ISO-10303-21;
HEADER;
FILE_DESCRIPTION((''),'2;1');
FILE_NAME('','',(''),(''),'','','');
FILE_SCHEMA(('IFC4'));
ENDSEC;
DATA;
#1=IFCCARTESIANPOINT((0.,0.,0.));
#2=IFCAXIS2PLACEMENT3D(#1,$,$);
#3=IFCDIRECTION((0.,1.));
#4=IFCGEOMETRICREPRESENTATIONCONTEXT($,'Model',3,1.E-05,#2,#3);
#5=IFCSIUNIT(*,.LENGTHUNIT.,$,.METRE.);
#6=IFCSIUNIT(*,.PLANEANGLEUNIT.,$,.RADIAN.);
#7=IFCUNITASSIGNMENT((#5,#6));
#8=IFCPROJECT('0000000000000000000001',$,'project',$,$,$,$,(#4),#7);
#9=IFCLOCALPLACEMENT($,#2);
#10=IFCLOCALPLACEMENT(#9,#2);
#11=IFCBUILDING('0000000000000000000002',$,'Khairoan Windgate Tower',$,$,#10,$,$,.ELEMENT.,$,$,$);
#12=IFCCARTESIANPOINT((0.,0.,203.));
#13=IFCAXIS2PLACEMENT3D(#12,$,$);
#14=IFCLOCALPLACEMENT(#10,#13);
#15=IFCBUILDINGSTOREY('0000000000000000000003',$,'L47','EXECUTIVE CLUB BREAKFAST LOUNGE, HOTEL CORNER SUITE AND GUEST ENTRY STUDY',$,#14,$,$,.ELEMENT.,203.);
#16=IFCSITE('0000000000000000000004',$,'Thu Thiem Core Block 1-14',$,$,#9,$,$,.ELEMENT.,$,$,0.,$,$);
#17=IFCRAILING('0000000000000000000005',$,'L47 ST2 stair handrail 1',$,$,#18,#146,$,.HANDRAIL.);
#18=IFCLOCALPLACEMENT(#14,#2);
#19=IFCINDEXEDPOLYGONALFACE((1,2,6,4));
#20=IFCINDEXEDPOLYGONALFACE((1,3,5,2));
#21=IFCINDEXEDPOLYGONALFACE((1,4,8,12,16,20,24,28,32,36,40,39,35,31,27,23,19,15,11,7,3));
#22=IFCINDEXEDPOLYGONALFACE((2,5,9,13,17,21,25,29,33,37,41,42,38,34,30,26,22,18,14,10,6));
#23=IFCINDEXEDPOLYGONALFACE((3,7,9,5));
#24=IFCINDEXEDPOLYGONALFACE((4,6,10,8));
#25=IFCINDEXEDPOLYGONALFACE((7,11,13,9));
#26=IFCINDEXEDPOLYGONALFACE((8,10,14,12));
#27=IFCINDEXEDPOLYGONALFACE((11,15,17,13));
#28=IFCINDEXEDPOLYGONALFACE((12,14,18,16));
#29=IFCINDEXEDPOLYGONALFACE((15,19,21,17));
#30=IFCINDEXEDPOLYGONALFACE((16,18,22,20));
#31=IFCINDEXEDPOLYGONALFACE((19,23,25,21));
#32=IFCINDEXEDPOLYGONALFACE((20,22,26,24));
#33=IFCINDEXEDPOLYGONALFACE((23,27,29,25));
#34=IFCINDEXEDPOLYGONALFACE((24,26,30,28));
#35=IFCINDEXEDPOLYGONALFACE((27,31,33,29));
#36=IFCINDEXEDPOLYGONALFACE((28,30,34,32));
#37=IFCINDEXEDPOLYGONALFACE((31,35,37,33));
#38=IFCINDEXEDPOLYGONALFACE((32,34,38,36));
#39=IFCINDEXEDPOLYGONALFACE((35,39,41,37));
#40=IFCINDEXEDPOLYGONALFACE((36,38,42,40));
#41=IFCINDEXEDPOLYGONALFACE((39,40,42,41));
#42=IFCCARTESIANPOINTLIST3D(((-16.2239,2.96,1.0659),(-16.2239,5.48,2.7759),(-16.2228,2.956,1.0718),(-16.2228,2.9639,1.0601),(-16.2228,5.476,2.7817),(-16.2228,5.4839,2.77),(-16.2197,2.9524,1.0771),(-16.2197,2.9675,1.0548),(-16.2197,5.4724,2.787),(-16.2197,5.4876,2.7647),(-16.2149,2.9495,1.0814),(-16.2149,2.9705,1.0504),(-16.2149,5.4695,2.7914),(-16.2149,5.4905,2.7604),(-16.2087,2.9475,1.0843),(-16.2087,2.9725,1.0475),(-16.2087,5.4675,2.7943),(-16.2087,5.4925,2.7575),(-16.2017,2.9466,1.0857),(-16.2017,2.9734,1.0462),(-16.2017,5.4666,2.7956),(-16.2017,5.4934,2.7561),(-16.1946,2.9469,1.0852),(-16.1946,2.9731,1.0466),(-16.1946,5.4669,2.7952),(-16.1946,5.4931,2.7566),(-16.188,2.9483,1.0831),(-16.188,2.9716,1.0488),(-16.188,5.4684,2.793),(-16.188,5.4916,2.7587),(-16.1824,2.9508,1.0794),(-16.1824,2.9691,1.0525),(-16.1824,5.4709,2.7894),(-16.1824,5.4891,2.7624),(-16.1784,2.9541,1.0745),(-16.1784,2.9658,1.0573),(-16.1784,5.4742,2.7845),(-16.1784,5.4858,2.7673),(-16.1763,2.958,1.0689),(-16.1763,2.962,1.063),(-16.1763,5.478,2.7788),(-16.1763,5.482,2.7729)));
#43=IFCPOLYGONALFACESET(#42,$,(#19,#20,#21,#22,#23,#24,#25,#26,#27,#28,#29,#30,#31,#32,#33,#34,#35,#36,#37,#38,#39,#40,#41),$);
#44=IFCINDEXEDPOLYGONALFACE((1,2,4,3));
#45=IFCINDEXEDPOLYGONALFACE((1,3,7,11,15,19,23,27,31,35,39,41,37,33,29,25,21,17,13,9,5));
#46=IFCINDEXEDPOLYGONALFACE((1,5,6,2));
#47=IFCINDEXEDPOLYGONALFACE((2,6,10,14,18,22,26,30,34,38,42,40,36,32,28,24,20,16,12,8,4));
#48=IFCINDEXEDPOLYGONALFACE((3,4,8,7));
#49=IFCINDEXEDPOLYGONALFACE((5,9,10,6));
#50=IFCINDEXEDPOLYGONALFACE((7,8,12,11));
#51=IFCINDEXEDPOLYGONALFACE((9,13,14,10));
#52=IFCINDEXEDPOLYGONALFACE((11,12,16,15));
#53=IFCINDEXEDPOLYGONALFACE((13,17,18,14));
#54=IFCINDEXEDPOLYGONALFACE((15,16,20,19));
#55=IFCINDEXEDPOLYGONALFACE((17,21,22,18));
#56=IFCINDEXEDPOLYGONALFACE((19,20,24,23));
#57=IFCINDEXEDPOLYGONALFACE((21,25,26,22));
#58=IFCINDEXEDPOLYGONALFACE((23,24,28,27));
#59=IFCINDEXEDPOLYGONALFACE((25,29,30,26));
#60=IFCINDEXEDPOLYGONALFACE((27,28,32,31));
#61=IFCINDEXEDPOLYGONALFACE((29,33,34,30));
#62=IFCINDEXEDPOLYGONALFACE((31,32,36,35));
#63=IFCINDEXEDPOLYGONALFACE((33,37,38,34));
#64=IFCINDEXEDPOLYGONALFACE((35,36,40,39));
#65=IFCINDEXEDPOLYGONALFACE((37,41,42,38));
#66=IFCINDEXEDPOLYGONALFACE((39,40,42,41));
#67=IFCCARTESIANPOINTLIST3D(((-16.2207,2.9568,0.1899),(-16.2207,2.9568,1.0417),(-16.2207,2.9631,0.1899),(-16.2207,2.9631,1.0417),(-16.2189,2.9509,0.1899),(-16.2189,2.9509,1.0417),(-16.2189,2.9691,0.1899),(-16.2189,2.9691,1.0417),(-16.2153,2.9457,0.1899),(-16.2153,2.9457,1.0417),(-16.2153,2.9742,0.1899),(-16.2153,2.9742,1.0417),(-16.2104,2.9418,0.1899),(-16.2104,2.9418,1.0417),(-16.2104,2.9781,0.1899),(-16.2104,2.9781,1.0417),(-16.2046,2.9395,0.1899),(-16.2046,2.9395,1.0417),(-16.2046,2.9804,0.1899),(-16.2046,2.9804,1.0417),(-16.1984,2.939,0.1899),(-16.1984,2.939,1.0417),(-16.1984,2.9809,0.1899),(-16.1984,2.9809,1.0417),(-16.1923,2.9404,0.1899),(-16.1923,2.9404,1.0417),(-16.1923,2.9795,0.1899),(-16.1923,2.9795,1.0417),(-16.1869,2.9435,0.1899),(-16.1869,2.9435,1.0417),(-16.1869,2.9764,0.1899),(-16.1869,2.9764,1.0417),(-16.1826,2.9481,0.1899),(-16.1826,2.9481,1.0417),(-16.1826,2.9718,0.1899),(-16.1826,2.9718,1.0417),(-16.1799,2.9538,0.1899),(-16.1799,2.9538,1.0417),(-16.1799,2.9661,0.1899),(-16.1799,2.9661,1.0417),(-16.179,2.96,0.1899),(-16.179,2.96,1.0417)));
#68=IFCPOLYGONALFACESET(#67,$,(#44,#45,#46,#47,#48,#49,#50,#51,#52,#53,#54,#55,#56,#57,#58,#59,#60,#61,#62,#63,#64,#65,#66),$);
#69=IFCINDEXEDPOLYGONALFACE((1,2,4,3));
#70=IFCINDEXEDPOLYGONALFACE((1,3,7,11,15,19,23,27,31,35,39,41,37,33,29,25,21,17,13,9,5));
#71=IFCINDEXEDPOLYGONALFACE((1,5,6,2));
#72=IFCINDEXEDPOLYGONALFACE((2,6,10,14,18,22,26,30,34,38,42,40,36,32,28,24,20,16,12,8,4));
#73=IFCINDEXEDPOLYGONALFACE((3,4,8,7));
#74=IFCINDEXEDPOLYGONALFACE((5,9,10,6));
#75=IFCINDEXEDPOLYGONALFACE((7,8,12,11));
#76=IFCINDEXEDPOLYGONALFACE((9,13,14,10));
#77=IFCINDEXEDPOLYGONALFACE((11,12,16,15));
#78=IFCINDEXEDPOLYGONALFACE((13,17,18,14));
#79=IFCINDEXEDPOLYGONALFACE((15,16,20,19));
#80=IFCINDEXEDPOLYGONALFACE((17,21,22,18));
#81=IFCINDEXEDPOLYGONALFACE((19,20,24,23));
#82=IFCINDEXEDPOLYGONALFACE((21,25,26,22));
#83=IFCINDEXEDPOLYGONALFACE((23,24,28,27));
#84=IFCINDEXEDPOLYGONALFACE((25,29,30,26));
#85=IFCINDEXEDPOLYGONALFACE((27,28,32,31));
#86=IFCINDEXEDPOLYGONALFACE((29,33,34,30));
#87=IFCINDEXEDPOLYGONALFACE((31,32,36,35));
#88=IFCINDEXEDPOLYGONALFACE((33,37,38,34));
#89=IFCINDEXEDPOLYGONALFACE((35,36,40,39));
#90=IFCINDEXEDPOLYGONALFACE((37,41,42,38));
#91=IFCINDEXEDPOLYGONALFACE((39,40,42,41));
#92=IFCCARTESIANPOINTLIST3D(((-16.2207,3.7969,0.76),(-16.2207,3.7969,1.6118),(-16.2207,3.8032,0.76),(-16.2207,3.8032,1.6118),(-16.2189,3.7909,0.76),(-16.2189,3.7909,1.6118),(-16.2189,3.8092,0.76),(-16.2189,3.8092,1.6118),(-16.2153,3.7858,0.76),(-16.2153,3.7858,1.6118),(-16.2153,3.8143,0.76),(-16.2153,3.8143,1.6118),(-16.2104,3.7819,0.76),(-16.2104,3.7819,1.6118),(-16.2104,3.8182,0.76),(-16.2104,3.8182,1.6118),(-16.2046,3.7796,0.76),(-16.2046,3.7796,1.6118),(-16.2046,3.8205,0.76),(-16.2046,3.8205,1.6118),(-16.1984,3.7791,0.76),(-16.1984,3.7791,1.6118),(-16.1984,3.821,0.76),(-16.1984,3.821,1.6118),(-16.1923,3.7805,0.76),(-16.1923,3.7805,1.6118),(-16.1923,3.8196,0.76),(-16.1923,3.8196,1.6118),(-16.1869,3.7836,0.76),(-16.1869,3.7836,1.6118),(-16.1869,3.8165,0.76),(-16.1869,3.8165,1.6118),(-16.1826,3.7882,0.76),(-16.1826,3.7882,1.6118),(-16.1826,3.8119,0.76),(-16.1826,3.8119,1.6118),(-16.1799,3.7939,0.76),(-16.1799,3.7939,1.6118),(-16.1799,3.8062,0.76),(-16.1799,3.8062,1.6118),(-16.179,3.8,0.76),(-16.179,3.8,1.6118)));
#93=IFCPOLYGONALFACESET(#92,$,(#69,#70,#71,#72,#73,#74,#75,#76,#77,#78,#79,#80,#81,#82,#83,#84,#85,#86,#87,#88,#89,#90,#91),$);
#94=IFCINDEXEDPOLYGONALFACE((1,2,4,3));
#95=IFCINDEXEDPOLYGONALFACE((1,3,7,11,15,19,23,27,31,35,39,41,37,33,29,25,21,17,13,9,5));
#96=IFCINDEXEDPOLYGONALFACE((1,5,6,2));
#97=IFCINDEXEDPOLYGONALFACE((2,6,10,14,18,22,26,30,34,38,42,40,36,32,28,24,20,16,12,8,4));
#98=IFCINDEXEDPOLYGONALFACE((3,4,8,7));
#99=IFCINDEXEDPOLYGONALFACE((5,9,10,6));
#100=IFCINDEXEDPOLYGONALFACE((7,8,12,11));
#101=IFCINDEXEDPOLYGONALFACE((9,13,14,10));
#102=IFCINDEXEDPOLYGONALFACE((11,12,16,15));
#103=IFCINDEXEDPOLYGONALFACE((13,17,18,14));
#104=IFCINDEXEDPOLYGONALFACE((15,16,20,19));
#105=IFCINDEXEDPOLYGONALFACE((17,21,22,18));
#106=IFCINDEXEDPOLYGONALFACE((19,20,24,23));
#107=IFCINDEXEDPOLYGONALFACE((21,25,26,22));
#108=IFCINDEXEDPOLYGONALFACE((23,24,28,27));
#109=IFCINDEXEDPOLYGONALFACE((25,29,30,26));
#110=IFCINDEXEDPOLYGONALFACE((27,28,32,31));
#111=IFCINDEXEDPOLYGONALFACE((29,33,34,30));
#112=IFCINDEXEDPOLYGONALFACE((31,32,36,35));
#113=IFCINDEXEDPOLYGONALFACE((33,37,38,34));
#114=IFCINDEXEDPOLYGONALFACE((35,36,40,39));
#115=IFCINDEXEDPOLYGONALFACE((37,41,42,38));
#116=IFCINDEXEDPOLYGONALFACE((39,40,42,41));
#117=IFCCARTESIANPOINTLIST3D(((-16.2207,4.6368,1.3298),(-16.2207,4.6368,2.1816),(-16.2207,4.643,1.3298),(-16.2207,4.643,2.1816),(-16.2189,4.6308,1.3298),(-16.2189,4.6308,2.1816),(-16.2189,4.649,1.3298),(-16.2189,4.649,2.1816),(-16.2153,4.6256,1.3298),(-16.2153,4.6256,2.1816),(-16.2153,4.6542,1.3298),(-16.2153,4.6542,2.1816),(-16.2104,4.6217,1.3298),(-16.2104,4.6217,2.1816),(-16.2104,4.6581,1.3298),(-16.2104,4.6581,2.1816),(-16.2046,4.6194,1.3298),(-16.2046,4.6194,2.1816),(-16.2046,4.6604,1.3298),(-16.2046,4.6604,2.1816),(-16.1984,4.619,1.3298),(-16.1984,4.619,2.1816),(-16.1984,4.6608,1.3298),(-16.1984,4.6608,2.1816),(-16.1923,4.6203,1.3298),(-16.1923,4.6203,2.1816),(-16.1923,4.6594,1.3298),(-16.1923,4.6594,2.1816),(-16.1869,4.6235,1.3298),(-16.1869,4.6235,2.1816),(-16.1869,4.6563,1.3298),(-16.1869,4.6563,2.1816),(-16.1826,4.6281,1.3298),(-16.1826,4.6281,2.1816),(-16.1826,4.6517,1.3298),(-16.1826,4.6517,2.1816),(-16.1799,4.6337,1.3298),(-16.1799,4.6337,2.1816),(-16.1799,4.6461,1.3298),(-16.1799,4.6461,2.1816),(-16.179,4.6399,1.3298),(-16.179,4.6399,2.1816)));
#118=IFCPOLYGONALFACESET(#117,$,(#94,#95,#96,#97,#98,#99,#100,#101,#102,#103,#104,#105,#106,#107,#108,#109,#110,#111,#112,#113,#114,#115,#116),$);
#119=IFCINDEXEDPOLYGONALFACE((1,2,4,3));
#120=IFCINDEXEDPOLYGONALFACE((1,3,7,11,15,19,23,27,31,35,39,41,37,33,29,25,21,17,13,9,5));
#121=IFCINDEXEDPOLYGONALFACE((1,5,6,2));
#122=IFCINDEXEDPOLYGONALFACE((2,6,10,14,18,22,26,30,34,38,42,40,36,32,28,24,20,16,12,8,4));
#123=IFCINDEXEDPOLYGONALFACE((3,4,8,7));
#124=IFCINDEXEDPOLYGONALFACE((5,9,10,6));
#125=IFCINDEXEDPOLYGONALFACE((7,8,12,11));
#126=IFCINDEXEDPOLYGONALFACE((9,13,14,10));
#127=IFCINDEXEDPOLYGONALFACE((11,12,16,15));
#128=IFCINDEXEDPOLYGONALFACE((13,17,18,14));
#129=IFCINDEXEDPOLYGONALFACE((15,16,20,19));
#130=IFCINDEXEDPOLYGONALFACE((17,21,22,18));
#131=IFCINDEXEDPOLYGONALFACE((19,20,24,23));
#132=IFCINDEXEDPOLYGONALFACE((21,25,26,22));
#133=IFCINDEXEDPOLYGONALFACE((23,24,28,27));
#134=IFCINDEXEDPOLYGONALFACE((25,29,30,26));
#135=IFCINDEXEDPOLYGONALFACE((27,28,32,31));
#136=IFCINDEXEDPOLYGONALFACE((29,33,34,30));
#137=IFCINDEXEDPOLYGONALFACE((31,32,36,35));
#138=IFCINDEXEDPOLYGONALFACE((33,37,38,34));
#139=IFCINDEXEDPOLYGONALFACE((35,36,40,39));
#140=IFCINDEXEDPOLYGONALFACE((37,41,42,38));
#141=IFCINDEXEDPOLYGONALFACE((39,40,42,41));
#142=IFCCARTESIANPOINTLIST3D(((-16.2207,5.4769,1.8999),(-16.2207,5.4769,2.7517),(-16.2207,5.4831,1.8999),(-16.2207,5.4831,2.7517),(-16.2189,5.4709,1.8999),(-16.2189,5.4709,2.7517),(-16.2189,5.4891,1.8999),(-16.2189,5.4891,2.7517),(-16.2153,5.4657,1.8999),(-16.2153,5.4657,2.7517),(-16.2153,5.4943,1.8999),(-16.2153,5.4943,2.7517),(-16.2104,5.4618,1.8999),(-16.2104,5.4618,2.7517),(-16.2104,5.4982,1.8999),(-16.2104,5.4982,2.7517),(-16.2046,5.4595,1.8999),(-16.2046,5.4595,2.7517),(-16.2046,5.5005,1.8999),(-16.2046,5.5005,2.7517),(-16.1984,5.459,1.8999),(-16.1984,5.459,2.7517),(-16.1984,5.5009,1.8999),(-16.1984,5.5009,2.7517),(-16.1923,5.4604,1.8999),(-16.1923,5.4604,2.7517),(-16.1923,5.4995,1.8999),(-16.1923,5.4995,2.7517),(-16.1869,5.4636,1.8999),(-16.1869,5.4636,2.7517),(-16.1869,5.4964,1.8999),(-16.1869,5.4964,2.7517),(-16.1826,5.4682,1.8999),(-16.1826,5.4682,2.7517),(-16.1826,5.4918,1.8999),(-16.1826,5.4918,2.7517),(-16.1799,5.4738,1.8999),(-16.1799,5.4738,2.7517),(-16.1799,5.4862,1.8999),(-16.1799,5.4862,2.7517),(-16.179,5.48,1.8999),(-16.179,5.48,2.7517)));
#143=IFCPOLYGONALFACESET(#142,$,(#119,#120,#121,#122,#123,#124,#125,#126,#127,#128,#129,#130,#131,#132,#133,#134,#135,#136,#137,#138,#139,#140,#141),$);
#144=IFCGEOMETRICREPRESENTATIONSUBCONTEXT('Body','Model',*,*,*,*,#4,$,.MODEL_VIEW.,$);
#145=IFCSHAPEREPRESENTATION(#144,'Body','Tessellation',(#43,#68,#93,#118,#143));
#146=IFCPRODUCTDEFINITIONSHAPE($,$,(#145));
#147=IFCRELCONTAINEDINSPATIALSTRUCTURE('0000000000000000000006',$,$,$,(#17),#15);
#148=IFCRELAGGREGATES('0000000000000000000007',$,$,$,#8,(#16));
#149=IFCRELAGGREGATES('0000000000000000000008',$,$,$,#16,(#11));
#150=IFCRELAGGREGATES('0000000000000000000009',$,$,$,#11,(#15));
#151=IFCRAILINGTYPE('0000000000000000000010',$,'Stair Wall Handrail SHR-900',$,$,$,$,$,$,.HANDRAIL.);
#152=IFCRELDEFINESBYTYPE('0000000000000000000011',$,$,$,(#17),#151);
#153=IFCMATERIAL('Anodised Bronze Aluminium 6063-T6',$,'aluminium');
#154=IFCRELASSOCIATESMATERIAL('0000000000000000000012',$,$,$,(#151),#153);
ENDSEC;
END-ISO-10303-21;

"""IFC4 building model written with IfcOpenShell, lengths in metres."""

from ifc_helpers import new_model, si_unit, direction, frame, origin, origin_2d, place, context, subcontext, project, spatial, circle, extrude, material, type_object, element, save


model = new_model("IFC4")

# Units and contexts
model_context = context("Model", 3, precision=1e-05, world=origin(), true_north=direction((0.0, 1.0)))
body_context = subcontext(model_context, "Body", "Model", "MODEL_VIEW")
ifc_project = project(units=[si_unit("LENGTHUNIT", "METRE"), si_unit("PLANEANGLEUNIT", "RADIAN")], contexts=[model_context])

# Site, building, storey
site_placement = place(None, origin())
site = spatial("IfcSite", under=ifc_project, at=site_placement, Name="Thu Thiem Core Block 1-14", CompositionType="ELEMENT", RefElevation=0.0)
building_placement = place(site_placement, origin())
building = spatial("IfcBuilding", under=site, at=building_placement, Name="Khairoan Windgate Tower", CompositionType="ELEMENT")
storey_placement = place(building_placement, frame((0.0, 0.0, 203.0)))
storey = spatial("IfcBuildingStorey", under=building, at=storey_placement, Name="L47", Description="EXECUTIVE CLUB BREAKFAST LOUNGE, HOTEL CORNER SUITE AND GUEST ENTRY STUDY", CompositionType="ELEMENT", Elevation=203.0)

# Railing
ifc_material_1 = material(Name="Anodised Bronze Aluminium 6063-T6", Category="aluminium")
railing_type_1 = type_object("IfcRailingType", Name="Stair Wall Handrail SHR-900", PredefinedType="HANDRAIL", material=ifc_material_1)
railing_1_placement = place(storey_placement, frame((-16.2, 2.96, 0.1899)))
element("IfcRailing", 1, at=railing_1_placement, inside=storey, type_object=railing_type_1, Name="L47 ST2 stair handrail 1", PredefinedType="HANDRAIL", context=body_context, shape_type="SweptSolid", body=[
    extrude(circle(Radius=0.0239, at=origin_2d()), frame((0.0, 0.0, 0.876), z_axis=(0.0, 0.827484, 0.56149), x_axis=(-1.0, 0.0, 0.0)), (0.0, 0.0, 1.0), 3.0454),
    extrude(circle(Radius=0.021, at=origin_2d()), origin(), (0.0, 0.0, 1.0), 0.8518),
    extrude(circle(Radius=0.021, at=origin_2d()), frame((0.0, 0.8401, 0.5701)), (0.0, 0.0, 1.0), 0.8518),
    extrude(circle(Radius=0.021, at=origin_2d()), frame((0.0, 1.6799, 1.1399)), (0.0, 0.0, 1.0), 0.8518),
    extrude(circle(Radius=0.021, at=origin_2d()), frame((0.0, 2.52, 1.71)), (0.0, 0.0, 1.0), 0.8518),
])

save(model, "model.ifc")
